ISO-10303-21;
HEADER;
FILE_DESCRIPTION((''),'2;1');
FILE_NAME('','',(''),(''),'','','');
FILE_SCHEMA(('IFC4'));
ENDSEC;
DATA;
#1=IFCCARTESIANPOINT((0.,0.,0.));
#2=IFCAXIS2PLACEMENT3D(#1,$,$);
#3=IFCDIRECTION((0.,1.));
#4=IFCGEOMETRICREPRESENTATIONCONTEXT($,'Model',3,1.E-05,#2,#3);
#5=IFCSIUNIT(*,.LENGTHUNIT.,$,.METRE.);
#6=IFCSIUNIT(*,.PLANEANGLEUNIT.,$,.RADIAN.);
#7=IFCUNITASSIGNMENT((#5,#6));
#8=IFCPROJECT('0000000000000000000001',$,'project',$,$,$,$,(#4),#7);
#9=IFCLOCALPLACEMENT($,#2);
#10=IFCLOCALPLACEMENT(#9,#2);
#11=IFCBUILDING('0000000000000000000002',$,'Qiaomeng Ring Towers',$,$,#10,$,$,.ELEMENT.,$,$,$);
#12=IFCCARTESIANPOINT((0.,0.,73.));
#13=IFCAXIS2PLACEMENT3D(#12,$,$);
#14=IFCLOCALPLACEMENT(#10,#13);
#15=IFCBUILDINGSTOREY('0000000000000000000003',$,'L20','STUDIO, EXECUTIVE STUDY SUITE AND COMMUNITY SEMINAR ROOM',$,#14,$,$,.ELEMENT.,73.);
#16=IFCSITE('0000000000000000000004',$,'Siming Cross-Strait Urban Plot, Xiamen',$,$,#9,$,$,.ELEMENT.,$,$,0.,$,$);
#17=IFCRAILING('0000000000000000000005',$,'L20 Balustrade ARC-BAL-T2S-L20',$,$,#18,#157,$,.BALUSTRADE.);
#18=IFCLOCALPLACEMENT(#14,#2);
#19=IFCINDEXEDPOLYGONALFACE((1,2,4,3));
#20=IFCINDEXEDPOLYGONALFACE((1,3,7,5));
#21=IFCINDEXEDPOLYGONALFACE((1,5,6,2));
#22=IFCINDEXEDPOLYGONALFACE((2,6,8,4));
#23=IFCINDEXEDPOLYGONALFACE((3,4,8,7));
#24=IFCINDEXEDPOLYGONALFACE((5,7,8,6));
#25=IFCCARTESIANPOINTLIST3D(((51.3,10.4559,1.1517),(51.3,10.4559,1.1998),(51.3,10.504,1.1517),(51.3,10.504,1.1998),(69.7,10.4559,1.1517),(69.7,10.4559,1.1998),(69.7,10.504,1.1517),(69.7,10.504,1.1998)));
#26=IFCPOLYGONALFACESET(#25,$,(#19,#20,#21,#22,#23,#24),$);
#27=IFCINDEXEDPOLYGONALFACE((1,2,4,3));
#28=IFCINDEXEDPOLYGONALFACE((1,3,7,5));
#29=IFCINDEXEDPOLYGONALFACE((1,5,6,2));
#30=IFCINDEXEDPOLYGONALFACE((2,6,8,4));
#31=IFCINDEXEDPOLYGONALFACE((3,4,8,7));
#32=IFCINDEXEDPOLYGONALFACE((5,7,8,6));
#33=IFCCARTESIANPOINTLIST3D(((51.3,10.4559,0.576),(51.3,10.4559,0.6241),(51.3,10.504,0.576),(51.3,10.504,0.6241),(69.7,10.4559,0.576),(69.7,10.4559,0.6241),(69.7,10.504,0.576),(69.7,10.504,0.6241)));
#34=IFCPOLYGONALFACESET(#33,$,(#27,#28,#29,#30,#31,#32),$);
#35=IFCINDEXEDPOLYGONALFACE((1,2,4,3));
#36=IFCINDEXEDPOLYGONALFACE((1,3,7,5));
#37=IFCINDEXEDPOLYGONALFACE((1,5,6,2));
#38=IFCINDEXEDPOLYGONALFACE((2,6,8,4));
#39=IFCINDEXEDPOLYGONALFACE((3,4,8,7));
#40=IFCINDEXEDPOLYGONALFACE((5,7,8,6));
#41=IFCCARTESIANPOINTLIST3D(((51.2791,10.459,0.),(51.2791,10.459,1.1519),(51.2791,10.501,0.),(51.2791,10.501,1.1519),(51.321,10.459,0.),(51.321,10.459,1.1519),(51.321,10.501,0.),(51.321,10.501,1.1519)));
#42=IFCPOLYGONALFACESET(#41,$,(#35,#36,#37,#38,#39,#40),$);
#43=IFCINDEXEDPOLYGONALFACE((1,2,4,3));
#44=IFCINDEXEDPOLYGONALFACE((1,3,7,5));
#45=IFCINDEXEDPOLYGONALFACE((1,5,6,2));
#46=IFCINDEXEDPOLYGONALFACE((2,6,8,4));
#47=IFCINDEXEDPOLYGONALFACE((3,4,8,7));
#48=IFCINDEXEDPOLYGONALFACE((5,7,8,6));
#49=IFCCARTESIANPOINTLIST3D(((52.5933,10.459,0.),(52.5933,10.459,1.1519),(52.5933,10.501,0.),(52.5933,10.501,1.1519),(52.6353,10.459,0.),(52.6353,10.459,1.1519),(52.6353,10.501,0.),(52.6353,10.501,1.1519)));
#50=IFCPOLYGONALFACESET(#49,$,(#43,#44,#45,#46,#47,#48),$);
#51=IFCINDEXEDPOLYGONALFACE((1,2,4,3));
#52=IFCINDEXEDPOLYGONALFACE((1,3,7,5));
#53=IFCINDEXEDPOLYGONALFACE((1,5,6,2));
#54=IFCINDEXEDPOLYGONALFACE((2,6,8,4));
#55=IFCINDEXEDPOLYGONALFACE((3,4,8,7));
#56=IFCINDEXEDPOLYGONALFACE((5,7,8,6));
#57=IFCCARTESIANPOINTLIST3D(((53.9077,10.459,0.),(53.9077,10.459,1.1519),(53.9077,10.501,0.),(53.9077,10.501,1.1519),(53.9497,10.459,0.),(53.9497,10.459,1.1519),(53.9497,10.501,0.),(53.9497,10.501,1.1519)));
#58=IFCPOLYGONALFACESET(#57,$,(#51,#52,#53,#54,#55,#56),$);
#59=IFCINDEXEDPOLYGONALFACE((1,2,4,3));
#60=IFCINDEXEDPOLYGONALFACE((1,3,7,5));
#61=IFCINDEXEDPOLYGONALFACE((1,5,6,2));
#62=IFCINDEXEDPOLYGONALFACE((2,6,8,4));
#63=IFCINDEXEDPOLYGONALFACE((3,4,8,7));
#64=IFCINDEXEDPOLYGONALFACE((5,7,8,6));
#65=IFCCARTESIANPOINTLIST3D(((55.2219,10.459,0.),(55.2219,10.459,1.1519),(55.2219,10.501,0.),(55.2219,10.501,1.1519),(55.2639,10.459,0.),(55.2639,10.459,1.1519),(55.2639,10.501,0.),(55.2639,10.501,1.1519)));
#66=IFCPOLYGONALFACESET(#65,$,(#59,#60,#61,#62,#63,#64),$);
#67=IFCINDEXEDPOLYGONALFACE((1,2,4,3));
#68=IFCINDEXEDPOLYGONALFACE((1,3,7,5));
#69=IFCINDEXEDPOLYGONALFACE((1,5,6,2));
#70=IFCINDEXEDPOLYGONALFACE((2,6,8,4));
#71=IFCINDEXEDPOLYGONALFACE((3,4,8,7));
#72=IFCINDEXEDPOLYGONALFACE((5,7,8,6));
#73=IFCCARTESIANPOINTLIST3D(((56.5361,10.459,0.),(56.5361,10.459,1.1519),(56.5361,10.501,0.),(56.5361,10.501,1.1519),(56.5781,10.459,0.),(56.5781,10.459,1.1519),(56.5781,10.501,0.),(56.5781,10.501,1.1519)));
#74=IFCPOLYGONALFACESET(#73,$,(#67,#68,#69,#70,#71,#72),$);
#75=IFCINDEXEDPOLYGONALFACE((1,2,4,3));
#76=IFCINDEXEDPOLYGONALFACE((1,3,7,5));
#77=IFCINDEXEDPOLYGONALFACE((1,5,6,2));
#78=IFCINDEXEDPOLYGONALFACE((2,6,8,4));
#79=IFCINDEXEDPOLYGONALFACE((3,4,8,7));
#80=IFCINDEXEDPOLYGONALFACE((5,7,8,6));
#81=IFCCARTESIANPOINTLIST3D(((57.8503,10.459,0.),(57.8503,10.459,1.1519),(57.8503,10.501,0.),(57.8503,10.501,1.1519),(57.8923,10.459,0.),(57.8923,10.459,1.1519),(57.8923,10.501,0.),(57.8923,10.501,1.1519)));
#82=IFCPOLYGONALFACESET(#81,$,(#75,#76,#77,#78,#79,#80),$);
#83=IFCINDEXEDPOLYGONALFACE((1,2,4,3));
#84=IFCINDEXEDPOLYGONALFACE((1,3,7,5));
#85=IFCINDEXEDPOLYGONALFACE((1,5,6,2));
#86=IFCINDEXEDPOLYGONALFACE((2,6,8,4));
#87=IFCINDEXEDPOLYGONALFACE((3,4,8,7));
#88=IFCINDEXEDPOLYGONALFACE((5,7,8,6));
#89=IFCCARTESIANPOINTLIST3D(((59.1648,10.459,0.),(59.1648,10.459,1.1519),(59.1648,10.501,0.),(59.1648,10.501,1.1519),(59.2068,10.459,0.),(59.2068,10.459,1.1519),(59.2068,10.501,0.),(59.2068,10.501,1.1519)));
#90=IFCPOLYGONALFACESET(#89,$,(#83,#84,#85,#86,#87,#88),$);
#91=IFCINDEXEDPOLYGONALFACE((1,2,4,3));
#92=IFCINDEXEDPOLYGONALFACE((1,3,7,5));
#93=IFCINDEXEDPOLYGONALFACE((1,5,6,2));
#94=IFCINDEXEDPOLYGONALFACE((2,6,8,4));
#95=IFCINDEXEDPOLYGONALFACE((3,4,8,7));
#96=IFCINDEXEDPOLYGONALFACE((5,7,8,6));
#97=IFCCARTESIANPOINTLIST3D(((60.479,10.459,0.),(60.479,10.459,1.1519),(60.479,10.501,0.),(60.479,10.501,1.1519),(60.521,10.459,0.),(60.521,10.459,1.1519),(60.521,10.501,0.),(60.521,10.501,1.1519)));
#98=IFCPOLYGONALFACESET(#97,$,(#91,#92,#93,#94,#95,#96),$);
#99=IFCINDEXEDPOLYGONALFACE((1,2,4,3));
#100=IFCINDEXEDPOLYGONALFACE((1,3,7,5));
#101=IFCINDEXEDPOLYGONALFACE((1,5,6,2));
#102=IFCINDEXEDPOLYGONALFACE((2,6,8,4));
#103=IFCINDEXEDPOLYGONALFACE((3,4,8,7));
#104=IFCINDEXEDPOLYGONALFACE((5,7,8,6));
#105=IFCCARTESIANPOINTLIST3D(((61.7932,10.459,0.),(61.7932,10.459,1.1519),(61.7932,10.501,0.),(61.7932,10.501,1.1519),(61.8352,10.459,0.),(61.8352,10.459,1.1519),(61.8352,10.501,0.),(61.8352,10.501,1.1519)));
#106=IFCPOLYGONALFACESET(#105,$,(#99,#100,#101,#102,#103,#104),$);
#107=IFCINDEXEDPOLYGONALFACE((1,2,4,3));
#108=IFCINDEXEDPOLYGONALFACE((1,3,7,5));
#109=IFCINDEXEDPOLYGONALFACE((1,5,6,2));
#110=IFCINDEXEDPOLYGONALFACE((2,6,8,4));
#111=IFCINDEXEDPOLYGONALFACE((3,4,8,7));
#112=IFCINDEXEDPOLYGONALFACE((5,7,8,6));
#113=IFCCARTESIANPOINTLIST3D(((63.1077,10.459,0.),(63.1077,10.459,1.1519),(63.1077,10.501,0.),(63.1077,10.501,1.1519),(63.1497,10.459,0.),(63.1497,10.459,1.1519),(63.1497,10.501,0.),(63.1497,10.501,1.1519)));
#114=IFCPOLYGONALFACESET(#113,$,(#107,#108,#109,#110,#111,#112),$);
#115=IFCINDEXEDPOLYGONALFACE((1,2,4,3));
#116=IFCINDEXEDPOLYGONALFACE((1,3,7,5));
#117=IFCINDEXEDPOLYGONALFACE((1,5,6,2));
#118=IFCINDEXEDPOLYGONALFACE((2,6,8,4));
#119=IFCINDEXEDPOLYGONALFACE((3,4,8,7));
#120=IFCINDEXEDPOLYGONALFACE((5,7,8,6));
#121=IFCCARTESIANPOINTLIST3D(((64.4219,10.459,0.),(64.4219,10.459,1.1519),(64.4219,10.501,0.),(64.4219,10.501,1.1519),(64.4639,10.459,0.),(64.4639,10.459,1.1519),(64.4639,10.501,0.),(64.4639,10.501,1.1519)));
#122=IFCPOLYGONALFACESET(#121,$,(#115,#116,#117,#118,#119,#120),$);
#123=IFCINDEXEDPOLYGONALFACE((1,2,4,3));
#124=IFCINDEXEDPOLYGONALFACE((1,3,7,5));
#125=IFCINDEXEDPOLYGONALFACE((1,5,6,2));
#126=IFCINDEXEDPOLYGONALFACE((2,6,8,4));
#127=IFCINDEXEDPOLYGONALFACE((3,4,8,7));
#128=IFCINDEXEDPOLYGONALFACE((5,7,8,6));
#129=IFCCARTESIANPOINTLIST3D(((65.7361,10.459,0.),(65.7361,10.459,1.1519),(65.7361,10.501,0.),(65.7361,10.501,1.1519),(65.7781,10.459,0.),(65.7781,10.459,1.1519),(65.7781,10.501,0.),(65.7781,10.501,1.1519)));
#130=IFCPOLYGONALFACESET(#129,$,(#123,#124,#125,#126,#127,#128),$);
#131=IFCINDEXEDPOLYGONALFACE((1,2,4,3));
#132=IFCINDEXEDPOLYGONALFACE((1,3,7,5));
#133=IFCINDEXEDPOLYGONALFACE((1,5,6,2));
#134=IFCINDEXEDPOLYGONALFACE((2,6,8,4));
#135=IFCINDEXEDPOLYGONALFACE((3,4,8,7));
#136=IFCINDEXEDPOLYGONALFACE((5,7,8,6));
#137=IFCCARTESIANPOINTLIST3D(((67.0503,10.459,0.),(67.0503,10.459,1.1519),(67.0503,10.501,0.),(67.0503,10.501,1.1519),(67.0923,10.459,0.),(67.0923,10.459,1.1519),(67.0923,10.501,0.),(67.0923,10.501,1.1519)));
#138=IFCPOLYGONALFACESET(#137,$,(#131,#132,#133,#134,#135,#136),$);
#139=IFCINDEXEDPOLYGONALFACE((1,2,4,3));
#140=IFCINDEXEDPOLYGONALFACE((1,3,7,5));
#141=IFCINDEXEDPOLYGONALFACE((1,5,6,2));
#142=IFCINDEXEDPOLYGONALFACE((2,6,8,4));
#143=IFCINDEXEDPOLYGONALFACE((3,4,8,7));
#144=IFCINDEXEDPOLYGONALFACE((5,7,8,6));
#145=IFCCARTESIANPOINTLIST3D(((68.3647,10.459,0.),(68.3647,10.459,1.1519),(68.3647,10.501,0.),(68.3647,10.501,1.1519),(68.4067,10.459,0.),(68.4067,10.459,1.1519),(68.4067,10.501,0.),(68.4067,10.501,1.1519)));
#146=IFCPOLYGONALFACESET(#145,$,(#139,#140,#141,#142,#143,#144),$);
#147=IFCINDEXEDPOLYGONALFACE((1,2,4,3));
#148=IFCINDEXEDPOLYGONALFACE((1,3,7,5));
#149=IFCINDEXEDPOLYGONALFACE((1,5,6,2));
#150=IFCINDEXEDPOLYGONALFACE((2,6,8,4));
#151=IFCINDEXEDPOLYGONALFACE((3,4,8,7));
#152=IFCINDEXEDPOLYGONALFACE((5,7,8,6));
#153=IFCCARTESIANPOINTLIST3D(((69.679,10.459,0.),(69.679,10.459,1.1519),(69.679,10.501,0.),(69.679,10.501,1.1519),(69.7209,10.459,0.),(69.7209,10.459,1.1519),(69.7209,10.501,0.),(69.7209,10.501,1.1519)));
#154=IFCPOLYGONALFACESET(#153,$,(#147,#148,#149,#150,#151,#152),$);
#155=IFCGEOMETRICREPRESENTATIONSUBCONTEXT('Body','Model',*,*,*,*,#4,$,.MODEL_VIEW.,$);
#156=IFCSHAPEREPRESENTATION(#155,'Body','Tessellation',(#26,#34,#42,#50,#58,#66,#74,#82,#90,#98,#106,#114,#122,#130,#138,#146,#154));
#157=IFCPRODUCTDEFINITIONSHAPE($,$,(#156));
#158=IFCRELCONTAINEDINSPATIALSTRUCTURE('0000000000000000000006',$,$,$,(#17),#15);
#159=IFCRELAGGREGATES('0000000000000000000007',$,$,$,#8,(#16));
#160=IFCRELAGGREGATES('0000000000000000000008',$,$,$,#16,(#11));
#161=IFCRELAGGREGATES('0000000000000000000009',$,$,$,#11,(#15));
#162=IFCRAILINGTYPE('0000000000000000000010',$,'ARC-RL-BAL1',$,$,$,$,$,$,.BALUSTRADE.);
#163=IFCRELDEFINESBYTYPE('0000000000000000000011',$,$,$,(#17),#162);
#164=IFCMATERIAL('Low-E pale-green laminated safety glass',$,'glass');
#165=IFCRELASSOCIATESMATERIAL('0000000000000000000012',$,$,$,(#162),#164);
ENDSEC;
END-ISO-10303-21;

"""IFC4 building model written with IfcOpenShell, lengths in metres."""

from ifc_helpers import new_model, si_unit, direction, frame, origin, origin_2d, place, context, subcontext, project, spatial, rectangle, extrude, material, type_object, element, save


model = new_model("IFC4")

# Units and contexts
model_context = context("Model", 3, precision=1e-05, world=origin(), true_north=direction((0.0, 1.0)))
body_context = subcontext(model_context, "Body", "Model", "MODEL_VIEW")
ifc_project = project(units=[si_unit("LENGTHUNIT", "METRE"), si_unit("PLANEANGLEUNIT", "RADIAN")], contexts=[model_context])

# Site, building, storey
site_placement = place(None, origin())
site = spatial("IfcSite", under=ifc_project, at=site_placement, Name="Siming Cross-Strait Urban Plot, Xiamen", CompositionType="ELEMENT", RefElevation=0.0)
building_placement = place(site_placement, origin())
building = spatial("IfcBuilding", under=site, at=building_placement, Name="Qiaomeng Ring Towers", CompositionType="ELEMENT")
storey_placement = place(building_placement, frame((0.0, 0.0, 73.0)))
storey = spatial("IfcBuildingStorey", under=building, at=storey_placement, Name="L20", Description="STUDIO, EXECUTIVE STUDY SUITE AND COMMUNITY SEMINAR ROOM", CompositionType="ELEMENT", Elevation=73.0)

# Railing
ifc_material_1 = material(Name="Low-E pale-green laminated safety glass", Category="glass")
railing_type = type_object("IfcRailingType", Name="ARC-RL-BAL1", PredefinedType="BALUSTRADE", material=ifc_material_1)
railing_1_placement = place(storey_placement, frame((51.3, 10.48, 0.0)))
element("IfcRailing", 1, at=railing_1_placement, inside=storey, type_object=railing_type, Name="L20 Balustrade ARC-BAL-T2S-L20", PredefinedType="BALUSTRADE", context=body_context, shape_type="SweptSolid", body=[
    extrude(rectangle(XDim=0.0481, YDim=0.0481, at=origin_2d()), frame((0.0, 0.0, 1.1758), z_axis=(1.0, 0.0, 0.0), x_axis=(0.0, 1.0, 0.0)), (0.0, 0.0, 1.0), 18.3999),
    extrude(rectangle(XDim=0.0481, YDim=0.0481, at=origin_2d()), frame((0.0, 0.0, 0.6001), z_axis=(1.0, 0.0, 0.0), x_axis=(0.0, 1.0, 0.0)), (0.0, 0.0, 1.0), 18.3999),
    extrude(rectangle(XDim=0.042, YDim=0.042, at=origin_2d()), origin(), (0.0, 0.0, 1.0), 1.1519),
    extrude(rectangle(XDim=0.042, YDim=0.042, at=origin_2d()), frame((1.3142, 0.0, 0.0)), (0.0, 0.0, 1.0), 1.1519),
    extrude(rectangle(XDim=0.042, YDim=0.042, at=origin_2d()), frame((2.6287, 0.0, 0.0)), (0.0, 0.0, 1.0), 1.1519),
    extrude(rectangle(XDim=0.042, YDim=0.042, at=origin_2d()), frame((3.9429, 0.0, 0.0)), (0.0, 0.0, 1.0), 1.1519),
    extrude(rectangle(XDim=0.042, YDim=0.042, at=origin_2d()), frame((5.2571, 0.0, 0.0)), (0.0, 0.0, 1.0), 1.1519),
    extrude(rectangle(XDim=0.042, YDim=0.042, at=origin_2d()), frame((6.5713, 0.0, 0.0)), (0.0, 0.0, 1.0), 1.1519),
    extrude(rectangle(XDim=0.042, YDim=0.042, at=origin_2d()), frame((7.8857, 0.0, 0.0)), (0.0, 0.0, 1.0), 1.1519),
    extrude(rectangle(XDim=0.042, YDim=0.042, at=origin_2d()), frame((9.2, 0.0, 0.0)), (0.0, 0.0, 1.0), 1.1519),
    extrude(rectangle(XDim=0.042, YDim=0.042, at=origin_2d()), frame((10.5142, 0.0, 0.0)), (0.0, 0.0, 1.0), 1.1519),
    extrude(rectangle(XDim=0.042, YDim=0.042, at=origin_2d()), frame((11.8286, 0.0, 0.0)), (0.0, 0.0, 1.0), 1.1519),
    extrude(rectangle(XDim=0.042, YDim=0.042, at=origin_2d()), frame((13.1428, 0.0, 0.0)), (0.0, 0.0, 1.0), 1.1519),
    extrude(rectangle(XDim=0.042, YDim=0.042, at=origin_2d()), frame((14.457, 0.0, 0.0)), (0.0, 0.0, 1.0), 1.1519),
    extrude(rectangle(XDim=0.042, YDim=0.042, at=origin_2d()), frame((15.7712, 0.0, 0.0)), (0.0, 0.0, 1.0), 1.1519),
    extrude(rectangle(XDim=0.042, YDim=0.042, at=origin_2d()), frame((17.0857, 0.0, 0.0)), (0.0, 0.0, 1.0), 1.1519),
    extrude(rectangle(XDim=0.042, YDim=0.042, at=origin_2d()), frame((18.3999, 0.0, 0.0)), (0.0, 0.0, 1.0), 1.1519),
])

save(model, "model.ifc")
